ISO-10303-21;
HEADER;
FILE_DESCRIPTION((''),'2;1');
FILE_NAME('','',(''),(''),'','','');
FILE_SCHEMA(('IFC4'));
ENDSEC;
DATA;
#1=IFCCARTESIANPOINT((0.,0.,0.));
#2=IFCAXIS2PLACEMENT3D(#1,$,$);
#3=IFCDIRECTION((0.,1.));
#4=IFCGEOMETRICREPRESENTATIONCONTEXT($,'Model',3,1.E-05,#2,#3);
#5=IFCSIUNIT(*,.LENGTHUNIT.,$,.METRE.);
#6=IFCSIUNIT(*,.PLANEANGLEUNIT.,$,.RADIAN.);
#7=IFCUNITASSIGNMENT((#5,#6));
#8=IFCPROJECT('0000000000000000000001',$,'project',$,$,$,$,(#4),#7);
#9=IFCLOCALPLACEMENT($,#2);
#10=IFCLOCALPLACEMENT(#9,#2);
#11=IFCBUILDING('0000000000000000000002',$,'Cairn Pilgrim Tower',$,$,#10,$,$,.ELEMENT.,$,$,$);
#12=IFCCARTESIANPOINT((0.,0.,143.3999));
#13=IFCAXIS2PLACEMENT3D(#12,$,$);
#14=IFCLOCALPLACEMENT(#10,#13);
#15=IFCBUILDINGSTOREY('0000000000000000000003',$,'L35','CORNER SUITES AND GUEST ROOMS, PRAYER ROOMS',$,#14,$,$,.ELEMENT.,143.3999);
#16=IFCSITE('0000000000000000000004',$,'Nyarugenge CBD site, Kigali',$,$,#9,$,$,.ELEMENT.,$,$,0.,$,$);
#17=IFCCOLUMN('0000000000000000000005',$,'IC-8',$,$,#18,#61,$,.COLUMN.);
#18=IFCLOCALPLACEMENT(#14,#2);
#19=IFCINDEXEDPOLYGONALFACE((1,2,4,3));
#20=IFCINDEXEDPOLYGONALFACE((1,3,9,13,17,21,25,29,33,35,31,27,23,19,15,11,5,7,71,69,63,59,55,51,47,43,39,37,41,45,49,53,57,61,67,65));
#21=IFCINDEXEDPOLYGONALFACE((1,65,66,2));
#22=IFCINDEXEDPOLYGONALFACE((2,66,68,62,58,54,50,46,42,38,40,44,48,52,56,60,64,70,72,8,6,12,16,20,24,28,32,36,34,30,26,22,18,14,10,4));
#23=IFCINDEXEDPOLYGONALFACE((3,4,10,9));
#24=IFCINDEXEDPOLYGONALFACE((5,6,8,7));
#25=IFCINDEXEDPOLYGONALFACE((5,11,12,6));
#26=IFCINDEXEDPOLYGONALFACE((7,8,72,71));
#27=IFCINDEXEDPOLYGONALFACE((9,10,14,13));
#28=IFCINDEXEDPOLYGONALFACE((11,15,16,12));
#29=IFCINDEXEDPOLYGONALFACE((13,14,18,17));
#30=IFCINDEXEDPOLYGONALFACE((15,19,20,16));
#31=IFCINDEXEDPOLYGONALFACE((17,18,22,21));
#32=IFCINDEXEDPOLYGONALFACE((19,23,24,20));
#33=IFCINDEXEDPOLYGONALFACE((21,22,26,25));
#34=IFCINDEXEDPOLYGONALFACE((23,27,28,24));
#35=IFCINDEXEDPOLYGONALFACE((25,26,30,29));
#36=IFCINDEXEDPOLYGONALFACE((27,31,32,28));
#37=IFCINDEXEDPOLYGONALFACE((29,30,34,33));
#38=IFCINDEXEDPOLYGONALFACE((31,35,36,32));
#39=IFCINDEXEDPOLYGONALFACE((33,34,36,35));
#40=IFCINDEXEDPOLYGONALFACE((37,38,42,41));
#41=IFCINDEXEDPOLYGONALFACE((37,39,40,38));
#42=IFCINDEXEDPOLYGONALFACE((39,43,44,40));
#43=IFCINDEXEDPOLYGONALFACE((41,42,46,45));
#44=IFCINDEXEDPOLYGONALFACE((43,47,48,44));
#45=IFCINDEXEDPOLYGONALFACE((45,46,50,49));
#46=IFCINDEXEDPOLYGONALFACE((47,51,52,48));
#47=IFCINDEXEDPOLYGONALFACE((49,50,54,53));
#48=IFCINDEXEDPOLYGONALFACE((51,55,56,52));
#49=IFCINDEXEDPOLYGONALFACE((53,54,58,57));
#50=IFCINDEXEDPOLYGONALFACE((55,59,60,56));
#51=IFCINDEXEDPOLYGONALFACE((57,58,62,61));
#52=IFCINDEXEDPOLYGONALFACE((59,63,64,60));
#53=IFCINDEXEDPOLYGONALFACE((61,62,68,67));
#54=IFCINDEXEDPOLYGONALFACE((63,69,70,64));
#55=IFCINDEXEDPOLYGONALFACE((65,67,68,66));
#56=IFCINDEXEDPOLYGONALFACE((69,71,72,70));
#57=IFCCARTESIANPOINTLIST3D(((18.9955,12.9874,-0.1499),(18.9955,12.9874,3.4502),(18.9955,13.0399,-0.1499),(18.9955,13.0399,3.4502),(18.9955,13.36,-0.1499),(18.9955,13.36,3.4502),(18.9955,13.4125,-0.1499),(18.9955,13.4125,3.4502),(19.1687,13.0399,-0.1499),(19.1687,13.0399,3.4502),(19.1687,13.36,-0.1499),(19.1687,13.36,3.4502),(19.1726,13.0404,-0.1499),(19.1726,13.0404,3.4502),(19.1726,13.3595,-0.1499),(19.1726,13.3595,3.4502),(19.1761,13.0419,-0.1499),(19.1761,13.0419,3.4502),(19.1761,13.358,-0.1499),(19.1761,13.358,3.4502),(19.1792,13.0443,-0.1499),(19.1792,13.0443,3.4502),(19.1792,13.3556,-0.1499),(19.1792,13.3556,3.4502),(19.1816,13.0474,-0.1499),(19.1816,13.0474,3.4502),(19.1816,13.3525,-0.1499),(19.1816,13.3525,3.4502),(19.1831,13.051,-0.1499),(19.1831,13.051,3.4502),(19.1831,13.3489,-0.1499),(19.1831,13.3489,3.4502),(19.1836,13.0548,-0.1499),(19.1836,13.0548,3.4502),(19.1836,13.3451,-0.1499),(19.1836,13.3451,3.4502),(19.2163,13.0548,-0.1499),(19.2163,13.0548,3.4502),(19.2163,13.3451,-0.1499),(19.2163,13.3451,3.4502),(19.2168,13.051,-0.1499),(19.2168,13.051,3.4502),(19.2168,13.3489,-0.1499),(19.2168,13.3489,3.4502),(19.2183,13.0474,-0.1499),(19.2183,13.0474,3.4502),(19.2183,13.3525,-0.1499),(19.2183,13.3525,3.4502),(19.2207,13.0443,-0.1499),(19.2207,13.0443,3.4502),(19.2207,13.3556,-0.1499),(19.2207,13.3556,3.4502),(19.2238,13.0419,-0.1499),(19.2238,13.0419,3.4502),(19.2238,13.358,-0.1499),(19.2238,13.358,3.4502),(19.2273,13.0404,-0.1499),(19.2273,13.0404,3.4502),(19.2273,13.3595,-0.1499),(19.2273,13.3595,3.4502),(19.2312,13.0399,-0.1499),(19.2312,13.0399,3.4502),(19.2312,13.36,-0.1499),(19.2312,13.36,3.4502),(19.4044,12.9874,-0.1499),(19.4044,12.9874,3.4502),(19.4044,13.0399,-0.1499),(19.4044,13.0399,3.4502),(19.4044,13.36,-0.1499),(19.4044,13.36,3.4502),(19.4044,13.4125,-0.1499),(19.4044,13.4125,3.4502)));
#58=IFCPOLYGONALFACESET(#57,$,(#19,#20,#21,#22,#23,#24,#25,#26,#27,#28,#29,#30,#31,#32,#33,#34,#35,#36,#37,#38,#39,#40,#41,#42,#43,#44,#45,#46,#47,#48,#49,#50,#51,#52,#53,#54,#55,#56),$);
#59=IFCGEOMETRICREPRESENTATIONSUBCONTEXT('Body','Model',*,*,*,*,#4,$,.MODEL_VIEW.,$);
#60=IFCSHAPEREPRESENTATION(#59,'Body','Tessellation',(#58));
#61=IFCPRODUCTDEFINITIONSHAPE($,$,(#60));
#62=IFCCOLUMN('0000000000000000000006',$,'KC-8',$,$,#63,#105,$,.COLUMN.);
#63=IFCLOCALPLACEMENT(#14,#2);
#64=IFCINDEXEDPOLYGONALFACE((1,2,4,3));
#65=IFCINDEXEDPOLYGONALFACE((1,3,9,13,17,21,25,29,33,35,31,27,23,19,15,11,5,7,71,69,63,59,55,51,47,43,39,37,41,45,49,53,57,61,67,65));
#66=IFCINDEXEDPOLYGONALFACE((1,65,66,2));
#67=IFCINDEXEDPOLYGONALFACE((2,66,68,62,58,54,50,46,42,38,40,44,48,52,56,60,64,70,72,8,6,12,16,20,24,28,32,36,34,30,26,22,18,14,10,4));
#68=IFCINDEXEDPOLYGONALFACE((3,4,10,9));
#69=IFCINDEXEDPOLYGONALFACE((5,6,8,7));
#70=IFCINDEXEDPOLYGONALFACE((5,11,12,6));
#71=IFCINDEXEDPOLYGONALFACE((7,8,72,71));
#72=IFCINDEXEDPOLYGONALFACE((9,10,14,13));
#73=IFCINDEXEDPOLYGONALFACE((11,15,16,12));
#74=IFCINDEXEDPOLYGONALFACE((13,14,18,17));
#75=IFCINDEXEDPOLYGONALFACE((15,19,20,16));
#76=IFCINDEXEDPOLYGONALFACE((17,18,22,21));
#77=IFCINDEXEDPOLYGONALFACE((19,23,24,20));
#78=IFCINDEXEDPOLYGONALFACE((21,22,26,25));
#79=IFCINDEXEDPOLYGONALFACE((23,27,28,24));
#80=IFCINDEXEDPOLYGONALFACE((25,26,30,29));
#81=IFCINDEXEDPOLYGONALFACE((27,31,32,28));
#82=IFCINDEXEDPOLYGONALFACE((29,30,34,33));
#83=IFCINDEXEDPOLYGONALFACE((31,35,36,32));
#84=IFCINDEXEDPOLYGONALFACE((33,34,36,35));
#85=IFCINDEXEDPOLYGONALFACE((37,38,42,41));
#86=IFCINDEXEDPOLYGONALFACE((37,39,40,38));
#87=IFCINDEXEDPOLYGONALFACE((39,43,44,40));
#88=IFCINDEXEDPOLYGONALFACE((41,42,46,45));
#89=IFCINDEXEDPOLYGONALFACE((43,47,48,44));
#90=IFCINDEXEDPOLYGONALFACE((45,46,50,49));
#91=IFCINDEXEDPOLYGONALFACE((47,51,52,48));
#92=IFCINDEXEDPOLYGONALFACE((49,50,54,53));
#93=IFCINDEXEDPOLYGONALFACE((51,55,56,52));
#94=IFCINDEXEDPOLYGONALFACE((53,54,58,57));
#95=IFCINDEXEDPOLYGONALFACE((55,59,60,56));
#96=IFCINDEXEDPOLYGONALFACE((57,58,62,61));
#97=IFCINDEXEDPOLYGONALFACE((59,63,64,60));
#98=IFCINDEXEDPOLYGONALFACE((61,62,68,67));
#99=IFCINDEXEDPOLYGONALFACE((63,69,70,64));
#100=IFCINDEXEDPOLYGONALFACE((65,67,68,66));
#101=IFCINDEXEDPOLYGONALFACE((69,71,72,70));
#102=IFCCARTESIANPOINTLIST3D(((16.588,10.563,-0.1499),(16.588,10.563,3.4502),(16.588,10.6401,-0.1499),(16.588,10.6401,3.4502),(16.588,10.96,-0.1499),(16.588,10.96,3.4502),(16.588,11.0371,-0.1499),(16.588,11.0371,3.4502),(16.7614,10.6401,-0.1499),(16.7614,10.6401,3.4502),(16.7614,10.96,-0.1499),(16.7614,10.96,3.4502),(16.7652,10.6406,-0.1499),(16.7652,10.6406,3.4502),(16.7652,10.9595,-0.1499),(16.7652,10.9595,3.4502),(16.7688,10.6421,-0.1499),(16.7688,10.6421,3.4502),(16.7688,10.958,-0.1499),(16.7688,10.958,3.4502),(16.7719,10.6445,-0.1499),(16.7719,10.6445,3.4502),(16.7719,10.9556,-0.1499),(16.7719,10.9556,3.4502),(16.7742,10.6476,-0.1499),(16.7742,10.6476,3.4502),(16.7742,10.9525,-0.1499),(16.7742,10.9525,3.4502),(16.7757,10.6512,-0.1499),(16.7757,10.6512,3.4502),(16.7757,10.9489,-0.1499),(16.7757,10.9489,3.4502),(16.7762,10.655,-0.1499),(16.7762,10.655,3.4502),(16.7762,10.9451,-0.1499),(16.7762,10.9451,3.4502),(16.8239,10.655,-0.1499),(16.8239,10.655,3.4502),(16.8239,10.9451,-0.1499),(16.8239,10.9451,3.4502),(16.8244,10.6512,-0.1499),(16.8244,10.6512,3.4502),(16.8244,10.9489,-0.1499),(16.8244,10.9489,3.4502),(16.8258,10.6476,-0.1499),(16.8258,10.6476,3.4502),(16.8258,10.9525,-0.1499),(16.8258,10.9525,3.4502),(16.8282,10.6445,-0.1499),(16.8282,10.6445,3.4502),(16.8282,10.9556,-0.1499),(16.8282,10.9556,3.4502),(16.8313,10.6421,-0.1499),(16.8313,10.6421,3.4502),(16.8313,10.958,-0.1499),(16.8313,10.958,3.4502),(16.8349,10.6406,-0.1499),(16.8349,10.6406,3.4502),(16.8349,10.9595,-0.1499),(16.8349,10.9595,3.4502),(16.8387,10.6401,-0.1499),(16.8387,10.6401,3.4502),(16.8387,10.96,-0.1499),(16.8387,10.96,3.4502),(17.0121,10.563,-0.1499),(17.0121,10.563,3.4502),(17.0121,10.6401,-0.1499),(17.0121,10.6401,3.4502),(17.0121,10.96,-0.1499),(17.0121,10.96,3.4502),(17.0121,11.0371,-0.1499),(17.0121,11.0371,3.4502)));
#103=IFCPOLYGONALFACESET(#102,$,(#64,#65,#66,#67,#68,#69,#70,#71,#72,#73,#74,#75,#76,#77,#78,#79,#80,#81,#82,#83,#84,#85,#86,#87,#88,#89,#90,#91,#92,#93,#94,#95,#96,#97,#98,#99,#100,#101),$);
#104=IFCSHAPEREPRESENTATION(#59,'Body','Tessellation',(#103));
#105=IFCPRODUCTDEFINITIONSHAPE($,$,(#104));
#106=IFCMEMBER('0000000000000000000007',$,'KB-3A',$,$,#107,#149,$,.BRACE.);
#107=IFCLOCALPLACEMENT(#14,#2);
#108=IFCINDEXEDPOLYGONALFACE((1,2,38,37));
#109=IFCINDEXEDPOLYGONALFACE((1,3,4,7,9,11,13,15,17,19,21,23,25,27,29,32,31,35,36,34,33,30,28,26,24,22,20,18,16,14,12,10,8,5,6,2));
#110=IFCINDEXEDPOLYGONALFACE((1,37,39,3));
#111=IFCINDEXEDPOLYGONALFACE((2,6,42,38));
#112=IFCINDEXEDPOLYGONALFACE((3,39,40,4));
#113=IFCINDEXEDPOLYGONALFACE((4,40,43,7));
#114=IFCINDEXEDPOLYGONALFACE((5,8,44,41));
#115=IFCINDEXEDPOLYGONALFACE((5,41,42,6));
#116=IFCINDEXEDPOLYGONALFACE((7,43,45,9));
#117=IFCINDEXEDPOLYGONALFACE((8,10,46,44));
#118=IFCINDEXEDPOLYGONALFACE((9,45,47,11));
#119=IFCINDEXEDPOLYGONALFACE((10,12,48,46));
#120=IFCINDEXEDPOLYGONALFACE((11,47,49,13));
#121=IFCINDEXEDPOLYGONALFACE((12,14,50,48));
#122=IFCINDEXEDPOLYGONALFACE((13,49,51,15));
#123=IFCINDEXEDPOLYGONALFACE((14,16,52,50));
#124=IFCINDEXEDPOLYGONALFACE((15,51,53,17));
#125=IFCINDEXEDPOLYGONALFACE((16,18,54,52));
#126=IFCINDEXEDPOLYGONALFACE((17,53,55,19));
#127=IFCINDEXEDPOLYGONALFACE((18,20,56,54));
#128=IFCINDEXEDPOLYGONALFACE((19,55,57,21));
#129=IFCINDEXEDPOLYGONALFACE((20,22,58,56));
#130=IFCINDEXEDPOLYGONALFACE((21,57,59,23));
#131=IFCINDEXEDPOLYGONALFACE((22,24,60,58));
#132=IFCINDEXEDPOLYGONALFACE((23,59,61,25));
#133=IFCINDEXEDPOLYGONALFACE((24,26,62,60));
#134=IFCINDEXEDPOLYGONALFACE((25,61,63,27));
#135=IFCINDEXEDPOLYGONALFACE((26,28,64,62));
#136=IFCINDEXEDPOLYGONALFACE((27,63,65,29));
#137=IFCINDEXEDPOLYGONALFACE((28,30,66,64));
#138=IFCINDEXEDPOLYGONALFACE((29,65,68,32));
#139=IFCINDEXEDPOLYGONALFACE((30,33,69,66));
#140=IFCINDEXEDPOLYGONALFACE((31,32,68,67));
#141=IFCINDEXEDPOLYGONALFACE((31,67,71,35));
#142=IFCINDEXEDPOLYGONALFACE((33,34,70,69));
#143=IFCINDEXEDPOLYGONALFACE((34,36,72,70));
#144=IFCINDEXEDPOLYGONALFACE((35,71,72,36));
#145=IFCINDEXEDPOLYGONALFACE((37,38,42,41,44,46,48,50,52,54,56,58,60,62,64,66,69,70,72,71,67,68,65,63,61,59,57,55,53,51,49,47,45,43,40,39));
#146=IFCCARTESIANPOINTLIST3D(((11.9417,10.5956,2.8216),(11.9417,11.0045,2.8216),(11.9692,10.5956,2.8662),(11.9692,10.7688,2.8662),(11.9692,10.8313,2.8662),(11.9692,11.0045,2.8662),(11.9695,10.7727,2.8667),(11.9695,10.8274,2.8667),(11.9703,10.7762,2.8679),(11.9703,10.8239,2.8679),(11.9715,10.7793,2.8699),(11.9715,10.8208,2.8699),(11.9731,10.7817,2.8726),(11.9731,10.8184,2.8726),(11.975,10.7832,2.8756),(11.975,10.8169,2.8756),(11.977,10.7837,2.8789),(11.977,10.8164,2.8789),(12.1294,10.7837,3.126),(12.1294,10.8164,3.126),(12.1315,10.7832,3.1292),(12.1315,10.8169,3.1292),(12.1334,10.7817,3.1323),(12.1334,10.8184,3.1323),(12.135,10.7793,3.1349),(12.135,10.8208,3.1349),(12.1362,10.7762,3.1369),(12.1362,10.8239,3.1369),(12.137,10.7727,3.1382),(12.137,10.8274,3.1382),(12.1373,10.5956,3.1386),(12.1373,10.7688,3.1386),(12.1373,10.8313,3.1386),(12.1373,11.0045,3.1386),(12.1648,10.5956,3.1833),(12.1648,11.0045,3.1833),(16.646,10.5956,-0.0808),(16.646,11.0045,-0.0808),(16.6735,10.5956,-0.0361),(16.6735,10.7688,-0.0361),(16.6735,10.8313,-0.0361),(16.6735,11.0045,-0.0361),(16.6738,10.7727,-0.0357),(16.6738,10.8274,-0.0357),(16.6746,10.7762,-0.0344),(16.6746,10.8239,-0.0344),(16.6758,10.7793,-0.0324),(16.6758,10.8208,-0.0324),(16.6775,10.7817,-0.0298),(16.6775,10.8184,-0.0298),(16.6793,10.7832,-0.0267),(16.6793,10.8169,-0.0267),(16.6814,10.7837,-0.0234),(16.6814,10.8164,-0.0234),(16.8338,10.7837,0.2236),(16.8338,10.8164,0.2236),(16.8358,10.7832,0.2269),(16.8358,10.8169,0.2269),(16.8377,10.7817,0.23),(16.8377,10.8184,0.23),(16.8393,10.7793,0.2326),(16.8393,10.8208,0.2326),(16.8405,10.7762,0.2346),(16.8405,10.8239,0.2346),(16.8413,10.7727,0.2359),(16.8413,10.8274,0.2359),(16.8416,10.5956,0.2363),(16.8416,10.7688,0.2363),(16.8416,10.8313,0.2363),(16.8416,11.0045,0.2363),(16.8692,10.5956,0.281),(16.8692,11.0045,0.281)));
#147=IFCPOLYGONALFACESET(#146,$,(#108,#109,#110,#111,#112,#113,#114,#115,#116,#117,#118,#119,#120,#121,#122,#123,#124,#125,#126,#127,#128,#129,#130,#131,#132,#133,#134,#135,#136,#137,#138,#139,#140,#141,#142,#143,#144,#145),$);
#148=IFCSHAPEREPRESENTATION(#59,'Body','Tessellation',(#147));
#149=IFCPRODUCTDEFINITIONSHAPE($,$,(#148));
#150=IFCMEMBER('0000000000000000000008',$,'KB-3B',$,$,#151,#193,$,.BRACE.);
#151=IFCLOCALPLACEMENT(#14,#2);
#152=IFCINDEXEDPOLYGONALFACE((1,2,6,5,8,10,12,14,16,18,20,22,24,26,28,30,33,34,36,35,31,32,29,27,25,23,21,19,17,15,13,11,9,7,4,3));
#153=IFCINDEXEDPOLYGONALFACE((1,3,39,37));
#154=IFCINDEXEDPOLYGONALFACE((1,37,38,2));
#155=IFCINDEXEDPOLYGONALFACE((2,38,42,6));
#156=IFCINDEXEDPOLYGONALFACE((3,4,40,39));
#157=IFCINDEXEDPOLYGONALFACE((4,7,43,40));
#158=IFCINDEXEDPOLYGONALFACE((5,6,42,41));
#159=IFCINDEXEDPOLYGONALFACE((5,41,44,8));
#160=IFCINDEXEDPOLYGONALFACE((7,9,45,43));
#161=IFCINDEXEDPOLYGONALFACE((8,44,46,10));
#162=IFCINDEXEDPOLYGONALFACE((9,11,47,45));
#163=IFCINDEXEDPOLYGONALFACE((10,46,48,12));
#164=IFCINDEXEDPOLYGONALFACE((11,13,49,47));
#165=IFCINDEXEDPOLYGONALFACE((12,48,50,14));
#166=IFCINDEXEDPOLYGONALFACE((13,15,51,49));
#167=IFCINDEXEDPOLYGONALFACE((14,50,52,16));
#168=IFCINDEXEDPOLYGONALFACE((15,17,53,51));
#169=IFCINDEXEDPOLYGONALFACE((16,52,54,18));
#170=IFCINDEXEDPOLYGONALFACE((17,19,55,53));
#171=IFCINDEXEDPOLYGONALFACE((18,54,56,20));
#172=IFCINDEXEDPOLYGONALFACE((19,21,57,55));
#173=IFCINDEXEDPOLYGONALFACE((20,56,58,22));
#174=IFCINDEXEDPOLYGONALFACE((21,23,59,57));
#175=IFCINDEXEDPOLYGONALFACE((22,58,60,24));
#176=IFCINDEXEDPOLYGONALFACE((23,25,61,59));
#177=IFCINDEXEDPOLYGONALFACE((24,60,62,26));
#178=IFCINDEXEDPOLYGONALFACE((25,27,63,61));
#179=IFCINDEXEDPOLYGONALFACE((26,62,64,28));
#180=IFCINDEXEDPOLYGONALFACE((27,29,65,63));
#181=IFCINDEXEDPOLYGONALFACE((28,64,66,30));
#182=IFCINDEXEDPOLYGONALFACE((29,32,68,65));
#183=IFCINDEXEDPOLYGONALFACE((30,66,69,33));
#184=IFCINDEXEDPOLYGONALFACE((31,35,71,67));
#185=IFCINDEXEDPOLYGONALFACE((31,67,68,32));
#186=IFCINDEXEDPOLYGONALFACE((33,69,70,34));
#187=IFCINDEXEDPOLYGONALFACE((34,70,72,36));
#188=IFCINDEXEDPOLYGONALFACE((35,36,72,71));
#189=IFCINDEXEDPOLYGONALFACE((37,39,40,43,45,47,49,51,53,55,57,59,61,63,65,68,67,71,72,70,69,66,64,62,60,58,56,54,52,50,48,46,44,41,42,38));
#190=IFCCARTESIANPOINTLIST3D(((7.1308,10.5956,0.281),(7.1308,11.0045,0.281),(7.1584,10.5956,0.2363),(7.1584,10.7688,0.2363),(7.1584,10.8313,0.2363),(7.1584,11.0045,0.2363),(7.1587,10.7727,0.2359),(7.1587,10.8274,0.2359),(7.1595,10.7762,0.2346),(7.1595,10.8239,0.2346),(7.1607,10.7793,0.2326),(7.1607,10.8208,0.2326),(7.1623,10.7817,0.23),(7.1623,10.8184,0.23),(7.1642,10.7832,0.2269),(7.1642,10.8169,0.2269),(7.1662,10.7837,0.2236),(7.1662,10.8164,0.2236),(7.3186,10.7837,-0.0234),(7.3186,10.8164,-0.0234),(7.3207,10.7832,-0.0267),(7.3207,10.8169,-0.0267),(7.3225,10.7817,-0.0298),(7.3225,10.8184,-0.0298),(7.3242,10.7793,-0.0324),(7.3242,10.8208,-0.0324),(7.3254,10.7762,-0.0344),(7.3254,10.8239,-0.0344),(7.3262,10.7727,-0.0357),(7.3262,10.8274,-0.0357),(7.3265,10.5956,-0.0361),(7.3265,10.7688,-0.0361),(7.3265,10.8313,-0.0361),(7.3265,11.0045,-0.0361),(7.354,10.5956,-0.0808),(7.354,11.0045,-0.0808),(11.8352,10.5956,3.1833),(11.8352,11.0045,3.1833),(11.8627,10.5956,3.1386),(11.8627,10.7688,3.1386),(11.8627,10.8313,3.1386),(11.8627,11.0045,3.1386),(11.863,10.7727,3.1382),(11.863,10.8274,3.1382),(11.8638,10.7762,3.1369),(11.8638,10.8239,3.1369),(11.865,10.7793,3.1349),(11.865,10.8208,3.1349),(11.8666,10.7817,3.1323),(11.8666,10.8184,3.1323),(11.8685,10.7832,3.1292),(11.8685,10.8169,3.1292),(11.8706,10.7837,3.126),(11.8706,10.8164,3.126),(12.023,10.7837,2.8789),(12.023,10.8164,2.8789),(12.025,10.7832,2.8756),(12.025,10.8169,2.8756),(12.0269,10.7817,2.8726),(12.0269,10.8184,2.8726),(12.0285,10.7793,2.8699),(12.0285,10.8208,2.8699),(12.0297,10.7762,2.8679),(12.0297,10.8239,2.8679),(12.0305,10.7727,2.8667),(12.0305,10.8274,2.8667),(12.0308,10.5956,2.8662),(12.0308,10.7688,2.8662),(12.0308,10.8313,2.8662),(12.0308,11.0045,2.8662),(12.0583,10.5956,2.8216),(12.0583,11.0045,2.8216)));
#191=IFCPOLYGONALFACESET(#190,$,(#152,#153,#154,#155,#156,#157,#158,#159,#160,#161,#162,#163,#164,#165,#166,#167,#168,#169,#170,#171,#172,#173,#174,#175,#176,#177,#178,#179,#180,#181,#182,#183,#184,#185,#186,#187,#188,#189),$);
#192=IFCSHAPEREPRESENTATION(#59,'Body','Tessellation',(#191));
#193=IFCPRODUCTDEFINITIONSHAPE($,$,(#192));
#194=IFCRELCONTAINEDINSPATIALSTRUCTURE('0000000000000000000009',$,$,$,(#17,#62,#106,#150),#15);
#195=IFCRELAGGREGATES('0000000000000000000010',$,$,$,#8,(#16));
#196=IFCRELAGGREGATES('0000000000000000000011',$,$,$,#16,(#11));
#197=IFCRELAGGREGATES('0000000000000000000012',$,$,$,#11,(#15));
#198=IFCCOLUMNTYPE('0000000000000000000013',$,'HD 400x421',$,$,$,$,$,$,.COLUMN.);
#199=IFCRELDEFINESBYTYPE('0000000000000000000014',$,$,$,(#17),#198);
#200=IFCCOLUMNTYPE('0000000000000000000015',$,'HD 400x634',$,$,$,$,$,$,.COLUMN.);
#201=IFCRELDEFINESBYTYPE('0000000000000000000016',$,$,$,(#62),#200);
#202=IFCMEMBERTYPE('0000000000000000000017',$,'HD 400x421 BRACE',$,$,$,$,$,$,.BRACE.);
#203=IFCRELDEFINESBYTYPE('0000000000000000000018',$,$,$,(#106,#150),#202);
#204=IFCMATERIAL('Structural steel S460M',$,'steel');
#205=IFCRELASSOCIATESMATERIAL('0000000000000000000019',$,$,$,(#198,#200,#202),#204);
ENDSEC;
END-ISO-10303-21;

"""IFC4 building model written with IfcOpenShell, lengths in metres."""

from ifc_helpers import new_model, si_unit, direction, frame, origin, origin_2d, place, context, subcontext, project, spatial, i_section, extrude, material, material_profile, profile_set, type_object, element, save


model = new_model("IFC4")

# Units and contexts
model_context = context("Model", 3, precision=1e-05, world=origin(), true_north=direction((0.0, 1.0)))
body_context = subcontext(model_context, "Body", "Model", "MODEL_VIEW")
ifc_project = project(units=[si_unit("LENGTHUNIT", "METRE"), si_unit("PLANEANGLEUNIT", "RADIAN")], contexts=[model_context])

# Site, building, storey
site_placement = place(None, origin())
site = spatial("IfcSite", under=ifc_project, at=site_placement, Name="Nyarugenge CBD site, Kigali", CompositionType="ELEMENT", RefElevation=0.0)
building_placement = place(site_placement, origin())
building = spatial("IfcBuilding", under=site, at=building_placement, Name="Cairn Pilgrim Tower", CompositionType="ELEMENT")
storey_placement = place(building_placement, frame((0.0, 0.0, 143.3999)))
storey = spatial("IfcBuildingStorey", under=building, at=storey_placement, Name="L35", Description="CORNER SUITES AND GUEST ROOMS, PRAYER ROOMS", CompositionType="ELEMENT", Elevation=143.3999)

# Columns
ifc_material_1 = material(Name="Structural steel S460M", Category="steel")
ifc_material_profile_1 = material_profile(ifc_material_1, i_section(OverallWidth=0.4089, OverallDepth=0.425, WebThickness=0.0327, FlangeThickness=0.0525, FilletRadius=0.0149, at=origin_2d()), Name="HD 400x421")
ifc_profile_set_1 = profile_set([ifc_material_profile_1], Name="Structural steel S460M")
column_type_1 = type_object("IfcColumnType", Name="HD 400x421", PredefinedType="COLUMN", material=ifc_profile_set_1)
column_1_placement = place(storey_placement, frame((19.2, 13.2, -0.1499), z_axis=(0.0, 0.0, 1.0), x_axis=(1.0, 0.0, 0.0)))
element("IfcColumn", 1, at=column_1_placement, inside=storey, type_object=column_type_1, Name="IC-8", PredefinedType="COLUMN", context=body_context, shape_type="SweptSolid", body=[
    extrude(i_section(OverallWidth=0.4089, OverallDepth=0.425, WebThickness=0.0327, FlangeThickness=0.0525, FilletRadius=0.0149, at=origin_2d()), origin(), (0.0, 0.0, 1.0), 3.6001),
])
ifc_material_profile_2 = material_profile(ifc_material_1, i_section(OverallWidth=0.4241, OverallDepth=0.4741, WebThickness=0.0476, FlangeThickness=0.0771, FilletRadius=0.0149, at=origin_2d()), Name="HD 400x634")
ifc_profile_set_2 = profile_set([ifc_material_profile_2], Name="Structural steel S460M")
column_type_2 = type_object("IfcColumnType", Name="HD 400x634", PredefinedType="COLUMN", material=ifc_profile_set_2)
column_2_placement = place(storey_placement, frame((16.8, 10.8, -0.1499), z_axis=(0.0, 0.0, 1.0), x_axis=(1.0, 0.0, 0.0)))
element("IfcColumn", 2, at=column_2_placement, inside=storey, type_object=column_type_2, Name="KC-8", PredefinedType="COLUMN", context=body_context, shape_type="SweptSolid", body=[
    extrude(i_section(OverallWidth=0.4241, OverallDepth=0.4741, WebThickness=0.0476, FlangeThickness=0.0771, FilletRadius=0.0149, at=origin_2d()), origin(), (0.0, 0.0, 1.0), 3.6001),
])

# Members
ifc_material_profile_3 = material_profile(ifc_material_1, i_section(OverallWidth=0.4089, OverallDepth=0.425, WebThickness=0.0327, FlangeThickness=0.0525, FilletRadius=0.0149, at=origin_2d()), Name="HD 400x421")
ifc_profile_set_3 = profile_set([ifc_material_profile_3], Name="Structural steel S460M")
member_type = type_object("IfcMemberType", Name="HD 400x421 BRACE", PredefinedType="BRACE", material=ifc_profile_set_3)
for number, where, z_axis, x_axis, name in (
    (3, (16.7576, 10.8, 0.1001), (-0.851063, 0.0, 0.525063), (0.0, -1.0, 0.0), "KB-3A"),
    (4, (7.2424, 10.8, 0.1001), (0.851063, 0.0, 0.525063), (0.0, 1.0, 0.0), "KB-3B"),
):
    element("IfcMember", number, at=place(storey_placement, frame(where, z_axis=z_axis, x_axis=x_axis)), inside=storey, type_object=member_type, Name=name, PredefinedType="BRACE", context=body_context, shape_type="SweptSolid", body=[
        extrude(i_section(OverallWidth=0.4089, OverallDepth=0.425, WebThickness=0.0327, FlangeThickness=0.0525, FilletRadius=0.0149, at=origin_2d()), origin(), (0.0, 0.0, 1.0), 5.5276),
    ])

save(model, "model.ifc")
